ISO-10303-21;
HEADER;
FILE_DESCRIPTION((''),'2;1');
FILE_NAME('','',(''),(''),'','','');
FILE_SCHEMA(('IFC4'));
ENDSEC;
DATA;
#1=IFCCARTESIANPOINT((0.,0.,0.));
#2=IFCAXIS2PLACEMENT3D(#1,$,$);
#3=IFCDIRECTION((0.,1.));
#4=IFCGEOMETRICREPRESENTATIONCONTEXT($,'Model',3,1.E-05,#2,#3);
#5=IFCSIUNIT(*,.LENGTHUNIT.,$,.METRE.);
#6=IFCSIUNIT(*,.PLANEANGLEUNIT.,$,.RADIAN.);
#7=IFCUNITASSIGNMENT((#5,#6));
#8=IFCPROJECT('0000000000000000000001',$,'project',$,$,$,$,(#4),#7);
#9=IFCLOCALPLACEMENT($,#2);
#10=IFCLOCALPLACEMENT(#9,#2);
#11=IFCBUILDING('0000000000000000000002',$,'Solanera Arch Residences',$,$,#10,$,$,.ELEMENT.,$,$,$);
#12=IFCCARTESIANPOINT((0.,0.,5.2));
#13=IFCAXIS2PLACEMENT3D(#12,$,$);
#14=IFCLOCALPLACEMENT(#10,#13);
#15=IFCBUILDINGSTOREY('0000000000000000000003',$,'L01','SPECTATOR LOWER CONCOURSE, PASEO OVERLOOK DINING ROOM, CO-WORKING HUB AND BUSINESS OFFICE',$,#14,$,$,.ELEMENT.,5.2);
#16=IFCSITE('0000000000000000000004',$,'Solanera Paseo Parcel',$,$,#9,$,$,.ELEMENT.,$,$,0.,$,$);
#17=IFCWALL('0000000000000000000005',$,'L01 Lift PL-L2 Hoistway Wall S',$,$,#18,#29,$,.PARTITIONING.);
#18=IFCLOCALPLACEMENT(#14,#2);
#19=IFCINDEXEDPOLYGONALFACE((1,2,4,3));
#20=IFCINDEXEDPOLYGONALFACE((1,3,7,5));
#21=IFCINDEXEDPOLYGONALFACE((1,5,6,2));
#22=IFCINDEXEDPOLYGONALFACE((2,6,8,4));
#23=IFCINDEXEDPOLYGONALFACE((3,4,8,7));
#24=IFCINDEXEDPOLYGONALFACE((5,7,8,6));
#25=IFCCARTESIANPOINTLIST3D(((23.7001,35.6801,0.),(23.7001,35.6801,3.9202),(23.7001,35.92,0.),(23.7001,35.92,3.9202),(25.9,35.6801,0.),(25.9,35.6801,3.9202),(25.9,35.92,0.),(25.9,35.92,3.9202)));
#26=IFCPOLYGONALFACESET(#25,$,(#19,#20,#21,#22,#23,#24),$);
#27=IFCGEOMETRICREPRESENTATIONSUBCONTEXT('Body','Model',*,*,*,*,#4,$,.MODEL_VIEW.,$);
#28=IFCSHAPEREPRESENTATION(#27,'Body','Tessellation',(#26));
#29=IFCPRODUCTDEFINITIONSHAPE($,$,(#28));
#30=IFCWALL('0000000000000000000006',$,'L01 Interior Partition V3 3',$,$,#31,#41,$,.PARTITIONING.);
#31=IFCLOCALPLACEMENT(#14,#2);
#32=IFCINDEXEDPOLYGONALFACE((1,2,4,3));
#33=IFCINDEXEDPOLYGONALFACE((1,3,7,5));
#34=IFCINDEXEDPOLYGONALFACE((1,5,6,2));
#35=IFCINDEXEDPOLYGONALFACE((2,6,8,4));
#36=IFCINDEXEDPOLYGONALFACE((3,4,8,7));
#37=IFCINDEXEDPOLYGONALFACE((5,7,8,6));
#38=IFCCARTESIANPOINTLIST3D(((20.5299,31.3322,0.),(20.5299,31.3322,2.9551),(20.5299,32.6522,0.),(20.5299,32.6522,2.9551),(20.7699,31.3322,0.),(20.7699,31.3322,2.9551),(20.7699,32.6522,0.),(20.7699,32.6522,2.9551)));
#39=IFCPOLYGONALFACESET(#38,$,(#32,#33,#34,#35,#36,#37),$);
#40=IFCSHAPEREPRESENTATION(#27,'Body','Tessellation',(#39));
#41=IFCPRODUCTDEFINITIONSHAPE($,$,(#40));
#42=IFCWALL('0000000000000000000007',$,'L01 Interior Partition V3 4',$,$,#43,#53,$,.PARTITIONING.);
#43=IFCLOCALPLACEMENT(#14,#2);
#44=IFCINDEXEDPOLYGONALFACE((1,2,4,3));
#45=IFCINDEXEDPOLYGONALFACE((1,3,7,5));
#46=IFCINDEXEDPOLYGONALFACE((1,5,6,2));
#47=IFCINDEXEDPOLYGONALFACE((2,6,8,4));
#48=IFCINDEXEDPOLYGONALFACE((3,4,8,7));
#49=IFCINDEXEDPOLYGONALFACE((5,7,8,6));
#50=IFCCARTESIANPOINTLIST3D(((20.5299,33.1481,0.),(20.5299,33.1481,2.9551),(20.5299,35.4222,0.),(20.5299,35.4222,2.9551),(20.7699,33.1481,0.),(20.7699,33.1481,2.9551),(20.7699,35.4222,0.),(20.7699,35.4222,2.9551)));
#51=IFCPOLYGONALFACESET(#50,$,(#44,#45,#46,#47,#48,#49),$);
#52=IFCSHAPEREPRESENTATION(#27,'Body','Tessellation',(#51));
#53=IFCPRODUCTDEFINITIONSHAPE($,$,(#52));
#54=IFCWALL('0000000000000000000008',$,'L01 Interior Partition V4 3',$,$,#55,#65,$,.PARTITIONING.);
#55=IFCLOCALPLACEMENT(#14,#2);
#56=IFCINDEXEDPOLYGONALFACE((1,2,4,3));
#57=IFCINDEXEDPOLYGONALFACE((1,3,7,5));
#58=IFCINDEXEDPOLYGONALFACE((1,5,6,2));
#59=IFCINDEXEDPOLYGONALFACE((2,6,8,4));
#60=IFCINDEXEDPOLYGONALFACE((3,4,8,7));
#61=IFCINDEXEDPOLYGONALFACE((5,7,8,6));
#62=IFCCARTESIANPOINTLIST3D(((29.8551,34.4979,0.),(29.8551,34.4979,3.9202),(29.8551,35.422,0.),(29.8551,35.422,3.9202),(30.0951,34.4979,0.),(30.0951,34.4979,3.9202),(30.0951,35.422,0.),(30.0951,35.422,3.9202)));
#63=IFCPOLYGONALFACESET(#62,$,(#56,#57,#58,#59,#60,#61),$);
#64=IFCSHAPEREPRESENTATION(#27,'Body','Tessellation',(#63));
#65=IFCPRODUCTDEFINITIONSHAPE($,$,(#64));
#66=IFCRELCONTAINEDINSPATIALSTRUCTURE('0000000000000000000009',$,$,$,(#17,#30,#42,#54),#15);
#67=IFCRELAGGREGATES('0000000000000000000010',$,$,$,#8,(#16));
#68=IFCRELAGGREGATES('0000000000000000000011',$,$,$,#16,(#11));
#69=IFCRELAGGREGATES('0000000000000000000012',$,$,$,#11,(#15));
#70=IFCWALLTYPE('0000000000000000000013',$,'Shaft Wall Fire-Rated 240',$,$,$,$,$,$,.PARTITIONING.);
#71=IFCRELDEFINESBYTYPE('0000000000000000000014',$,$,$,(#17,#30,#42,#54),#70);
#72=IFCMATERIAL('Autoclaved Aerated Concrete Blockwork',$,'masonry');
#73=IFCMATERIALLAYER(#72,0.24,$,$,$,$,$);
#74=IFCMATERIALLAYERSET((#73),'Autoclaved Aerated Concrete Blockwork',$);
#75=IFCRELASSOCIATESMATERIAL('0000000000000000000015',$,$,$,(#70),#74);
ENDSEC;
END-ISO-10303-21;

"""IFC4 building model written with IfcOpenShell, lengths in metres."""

from ifc_helpers import new_model, si_unit, direction, frame, frame_2d, origin, place, context, subcontext, project, spatial, rectangle, extrude, material, layer, layer_set, type_object, element, save


model = new_model("IFC4")

# Units and contexts
model_context = context("Model", 3, precision=1e-05, world=origin(), true_north=direction((0.0, 1.0)))
body_context = subcontext(model_context, "Body", "Model", "MODEL_VIEW")
ifc_project = project(units=[si_unit("LENGTHUNIT", "METRE"), si_unit("PLANEANGLEUNIT", "RADIAN")], contexts=[model_context])

# Site, building, storey
site_placement = place(None, origin())
site = spatial("IfcSite", under=ifc_project, at=site_placement, Name="Solanera Paseo Parcel", CompositionType="ELEMENT", RefElevation=0.0)
building_placement = place(site_placement, origin())
building = spatial("IfcBuilding", under=site, at=building_placement, Name="Solanera Arch Residences", CompositionType="ELEMENT")
storey_placement = place(building_placement, frame((0.0, 0.0, 5.2)))
storey = spatial("IfcBuildingStorey", under=building, at=storey_placement, Name="L01", Description="SPECTATOR LOWER CONCOURSE, PASEO OVERLOOK DINING ROOM, CO-WORKING HUB AND BUSINESS OFFICE", CompositionType="ELEMENT", Elevation=5.2)

# Wall
ifc_material_1 = material(Name="Autoclaved Aerated Concrete Blockwork", Category="masonry")
ifc_layer_1 = layer(ifc_material_1, 0.24)
ifc_layer_set_1 = layer_set([ifc_layer_1], Name="Autoclaved Aerated Concrete Blockwork")
wall_type_1 = type_object("IfcWallType", Name="Shaft Wall Fire-Rated 240", PredefinedType="PARTITIONING", material=ifc_layer_set_1)
for number, where, z_axis, x_axis, name in (
    (1, (23.7, 35.8, 0.0), (0.0, 0.0, 1.0), (1.0, 0.0, 0.0), "L01 Lift PL-L2 Hoistway Wall S"),
):
    element("IfcWall", number, at=place(storey_placement, frame(where, z_axis=z_axis, x_axis=x_axis)), inside=storey, type_object=wall_type_1, Name=name, PredefinedType="PARTITIONING", context=body_context, shape_type="SweptSolid", body=[
        extrude(rectangle(XDim=2.2, YDim=0.24, at=frame_2d((1.1001, 0.0))), origin(), (0.0, 0.0, 1.0), 3.9202),
    ])

# Walls
wall_1_placement = place(storey_placement, frame((20.6499, 31.332, 0.0), z_axis=(0.0, 0.0, 1.0), x_axis=(0.0, 1.0, 0.0)))
element("IfcWall", 2, at=wall_1_placement, inside=storey, type_object=wall_type_1, Name="L01 Interior Partition V3 3", PredefinedType="PARTITIONING", context=body_context, shape_type="SweptSolid", body=[
    extrude(rectangle(XDim=1.3201, YDim=0.24, at=frame_2d((0.6602, 0.0))), origin(), (0.0, 0.0, 1.0), 2.9551),
])
wall_2_placement = place(storey_placement, frame((20.6499, 33.1479, 0.0), z_axis=(0.0, 0.0, 1.0), x_axis=(0.0, 1.0, 0.0)))
element("IfcWall", 3, at=wall_2_placement, inside=storey, type_object=wall_type_1, Name="L01 Interior Partition V3 4", PredefinedType="PARTITIONING", context=body_context, shape_type="SweptSolid", body=[
    extrude(rectangle(XDim=2.2742, YDim=0.24, at=frame_2d((1.1372, 0.0))), origin(), (0.0, 0.0, 1.0), 2.9551),
])
wall_3_placement = place(storey_placement, frame((29.9751, 34.498, 0.0), z_axis=(0.0, 0.0, 1.0), x_axis=(0.0, 1.0, 0.0)))
element("IfcWall", 4, at=wall_3_placement, inside=storey, type_object=wall_type_1, Name="L01 Interior Partition V4 3", PredefinedType="PARTITIONING", context=body_context, shape_type="SweptSolid", body=[
    extrude(rectangle(XDim=0.9241, YDim=0.24, at=frame_2d((0.4619, 0.0))), origin(), (0.0, 0.0, 1.0), 3.9202),
])

save(model, "model.ifc")
